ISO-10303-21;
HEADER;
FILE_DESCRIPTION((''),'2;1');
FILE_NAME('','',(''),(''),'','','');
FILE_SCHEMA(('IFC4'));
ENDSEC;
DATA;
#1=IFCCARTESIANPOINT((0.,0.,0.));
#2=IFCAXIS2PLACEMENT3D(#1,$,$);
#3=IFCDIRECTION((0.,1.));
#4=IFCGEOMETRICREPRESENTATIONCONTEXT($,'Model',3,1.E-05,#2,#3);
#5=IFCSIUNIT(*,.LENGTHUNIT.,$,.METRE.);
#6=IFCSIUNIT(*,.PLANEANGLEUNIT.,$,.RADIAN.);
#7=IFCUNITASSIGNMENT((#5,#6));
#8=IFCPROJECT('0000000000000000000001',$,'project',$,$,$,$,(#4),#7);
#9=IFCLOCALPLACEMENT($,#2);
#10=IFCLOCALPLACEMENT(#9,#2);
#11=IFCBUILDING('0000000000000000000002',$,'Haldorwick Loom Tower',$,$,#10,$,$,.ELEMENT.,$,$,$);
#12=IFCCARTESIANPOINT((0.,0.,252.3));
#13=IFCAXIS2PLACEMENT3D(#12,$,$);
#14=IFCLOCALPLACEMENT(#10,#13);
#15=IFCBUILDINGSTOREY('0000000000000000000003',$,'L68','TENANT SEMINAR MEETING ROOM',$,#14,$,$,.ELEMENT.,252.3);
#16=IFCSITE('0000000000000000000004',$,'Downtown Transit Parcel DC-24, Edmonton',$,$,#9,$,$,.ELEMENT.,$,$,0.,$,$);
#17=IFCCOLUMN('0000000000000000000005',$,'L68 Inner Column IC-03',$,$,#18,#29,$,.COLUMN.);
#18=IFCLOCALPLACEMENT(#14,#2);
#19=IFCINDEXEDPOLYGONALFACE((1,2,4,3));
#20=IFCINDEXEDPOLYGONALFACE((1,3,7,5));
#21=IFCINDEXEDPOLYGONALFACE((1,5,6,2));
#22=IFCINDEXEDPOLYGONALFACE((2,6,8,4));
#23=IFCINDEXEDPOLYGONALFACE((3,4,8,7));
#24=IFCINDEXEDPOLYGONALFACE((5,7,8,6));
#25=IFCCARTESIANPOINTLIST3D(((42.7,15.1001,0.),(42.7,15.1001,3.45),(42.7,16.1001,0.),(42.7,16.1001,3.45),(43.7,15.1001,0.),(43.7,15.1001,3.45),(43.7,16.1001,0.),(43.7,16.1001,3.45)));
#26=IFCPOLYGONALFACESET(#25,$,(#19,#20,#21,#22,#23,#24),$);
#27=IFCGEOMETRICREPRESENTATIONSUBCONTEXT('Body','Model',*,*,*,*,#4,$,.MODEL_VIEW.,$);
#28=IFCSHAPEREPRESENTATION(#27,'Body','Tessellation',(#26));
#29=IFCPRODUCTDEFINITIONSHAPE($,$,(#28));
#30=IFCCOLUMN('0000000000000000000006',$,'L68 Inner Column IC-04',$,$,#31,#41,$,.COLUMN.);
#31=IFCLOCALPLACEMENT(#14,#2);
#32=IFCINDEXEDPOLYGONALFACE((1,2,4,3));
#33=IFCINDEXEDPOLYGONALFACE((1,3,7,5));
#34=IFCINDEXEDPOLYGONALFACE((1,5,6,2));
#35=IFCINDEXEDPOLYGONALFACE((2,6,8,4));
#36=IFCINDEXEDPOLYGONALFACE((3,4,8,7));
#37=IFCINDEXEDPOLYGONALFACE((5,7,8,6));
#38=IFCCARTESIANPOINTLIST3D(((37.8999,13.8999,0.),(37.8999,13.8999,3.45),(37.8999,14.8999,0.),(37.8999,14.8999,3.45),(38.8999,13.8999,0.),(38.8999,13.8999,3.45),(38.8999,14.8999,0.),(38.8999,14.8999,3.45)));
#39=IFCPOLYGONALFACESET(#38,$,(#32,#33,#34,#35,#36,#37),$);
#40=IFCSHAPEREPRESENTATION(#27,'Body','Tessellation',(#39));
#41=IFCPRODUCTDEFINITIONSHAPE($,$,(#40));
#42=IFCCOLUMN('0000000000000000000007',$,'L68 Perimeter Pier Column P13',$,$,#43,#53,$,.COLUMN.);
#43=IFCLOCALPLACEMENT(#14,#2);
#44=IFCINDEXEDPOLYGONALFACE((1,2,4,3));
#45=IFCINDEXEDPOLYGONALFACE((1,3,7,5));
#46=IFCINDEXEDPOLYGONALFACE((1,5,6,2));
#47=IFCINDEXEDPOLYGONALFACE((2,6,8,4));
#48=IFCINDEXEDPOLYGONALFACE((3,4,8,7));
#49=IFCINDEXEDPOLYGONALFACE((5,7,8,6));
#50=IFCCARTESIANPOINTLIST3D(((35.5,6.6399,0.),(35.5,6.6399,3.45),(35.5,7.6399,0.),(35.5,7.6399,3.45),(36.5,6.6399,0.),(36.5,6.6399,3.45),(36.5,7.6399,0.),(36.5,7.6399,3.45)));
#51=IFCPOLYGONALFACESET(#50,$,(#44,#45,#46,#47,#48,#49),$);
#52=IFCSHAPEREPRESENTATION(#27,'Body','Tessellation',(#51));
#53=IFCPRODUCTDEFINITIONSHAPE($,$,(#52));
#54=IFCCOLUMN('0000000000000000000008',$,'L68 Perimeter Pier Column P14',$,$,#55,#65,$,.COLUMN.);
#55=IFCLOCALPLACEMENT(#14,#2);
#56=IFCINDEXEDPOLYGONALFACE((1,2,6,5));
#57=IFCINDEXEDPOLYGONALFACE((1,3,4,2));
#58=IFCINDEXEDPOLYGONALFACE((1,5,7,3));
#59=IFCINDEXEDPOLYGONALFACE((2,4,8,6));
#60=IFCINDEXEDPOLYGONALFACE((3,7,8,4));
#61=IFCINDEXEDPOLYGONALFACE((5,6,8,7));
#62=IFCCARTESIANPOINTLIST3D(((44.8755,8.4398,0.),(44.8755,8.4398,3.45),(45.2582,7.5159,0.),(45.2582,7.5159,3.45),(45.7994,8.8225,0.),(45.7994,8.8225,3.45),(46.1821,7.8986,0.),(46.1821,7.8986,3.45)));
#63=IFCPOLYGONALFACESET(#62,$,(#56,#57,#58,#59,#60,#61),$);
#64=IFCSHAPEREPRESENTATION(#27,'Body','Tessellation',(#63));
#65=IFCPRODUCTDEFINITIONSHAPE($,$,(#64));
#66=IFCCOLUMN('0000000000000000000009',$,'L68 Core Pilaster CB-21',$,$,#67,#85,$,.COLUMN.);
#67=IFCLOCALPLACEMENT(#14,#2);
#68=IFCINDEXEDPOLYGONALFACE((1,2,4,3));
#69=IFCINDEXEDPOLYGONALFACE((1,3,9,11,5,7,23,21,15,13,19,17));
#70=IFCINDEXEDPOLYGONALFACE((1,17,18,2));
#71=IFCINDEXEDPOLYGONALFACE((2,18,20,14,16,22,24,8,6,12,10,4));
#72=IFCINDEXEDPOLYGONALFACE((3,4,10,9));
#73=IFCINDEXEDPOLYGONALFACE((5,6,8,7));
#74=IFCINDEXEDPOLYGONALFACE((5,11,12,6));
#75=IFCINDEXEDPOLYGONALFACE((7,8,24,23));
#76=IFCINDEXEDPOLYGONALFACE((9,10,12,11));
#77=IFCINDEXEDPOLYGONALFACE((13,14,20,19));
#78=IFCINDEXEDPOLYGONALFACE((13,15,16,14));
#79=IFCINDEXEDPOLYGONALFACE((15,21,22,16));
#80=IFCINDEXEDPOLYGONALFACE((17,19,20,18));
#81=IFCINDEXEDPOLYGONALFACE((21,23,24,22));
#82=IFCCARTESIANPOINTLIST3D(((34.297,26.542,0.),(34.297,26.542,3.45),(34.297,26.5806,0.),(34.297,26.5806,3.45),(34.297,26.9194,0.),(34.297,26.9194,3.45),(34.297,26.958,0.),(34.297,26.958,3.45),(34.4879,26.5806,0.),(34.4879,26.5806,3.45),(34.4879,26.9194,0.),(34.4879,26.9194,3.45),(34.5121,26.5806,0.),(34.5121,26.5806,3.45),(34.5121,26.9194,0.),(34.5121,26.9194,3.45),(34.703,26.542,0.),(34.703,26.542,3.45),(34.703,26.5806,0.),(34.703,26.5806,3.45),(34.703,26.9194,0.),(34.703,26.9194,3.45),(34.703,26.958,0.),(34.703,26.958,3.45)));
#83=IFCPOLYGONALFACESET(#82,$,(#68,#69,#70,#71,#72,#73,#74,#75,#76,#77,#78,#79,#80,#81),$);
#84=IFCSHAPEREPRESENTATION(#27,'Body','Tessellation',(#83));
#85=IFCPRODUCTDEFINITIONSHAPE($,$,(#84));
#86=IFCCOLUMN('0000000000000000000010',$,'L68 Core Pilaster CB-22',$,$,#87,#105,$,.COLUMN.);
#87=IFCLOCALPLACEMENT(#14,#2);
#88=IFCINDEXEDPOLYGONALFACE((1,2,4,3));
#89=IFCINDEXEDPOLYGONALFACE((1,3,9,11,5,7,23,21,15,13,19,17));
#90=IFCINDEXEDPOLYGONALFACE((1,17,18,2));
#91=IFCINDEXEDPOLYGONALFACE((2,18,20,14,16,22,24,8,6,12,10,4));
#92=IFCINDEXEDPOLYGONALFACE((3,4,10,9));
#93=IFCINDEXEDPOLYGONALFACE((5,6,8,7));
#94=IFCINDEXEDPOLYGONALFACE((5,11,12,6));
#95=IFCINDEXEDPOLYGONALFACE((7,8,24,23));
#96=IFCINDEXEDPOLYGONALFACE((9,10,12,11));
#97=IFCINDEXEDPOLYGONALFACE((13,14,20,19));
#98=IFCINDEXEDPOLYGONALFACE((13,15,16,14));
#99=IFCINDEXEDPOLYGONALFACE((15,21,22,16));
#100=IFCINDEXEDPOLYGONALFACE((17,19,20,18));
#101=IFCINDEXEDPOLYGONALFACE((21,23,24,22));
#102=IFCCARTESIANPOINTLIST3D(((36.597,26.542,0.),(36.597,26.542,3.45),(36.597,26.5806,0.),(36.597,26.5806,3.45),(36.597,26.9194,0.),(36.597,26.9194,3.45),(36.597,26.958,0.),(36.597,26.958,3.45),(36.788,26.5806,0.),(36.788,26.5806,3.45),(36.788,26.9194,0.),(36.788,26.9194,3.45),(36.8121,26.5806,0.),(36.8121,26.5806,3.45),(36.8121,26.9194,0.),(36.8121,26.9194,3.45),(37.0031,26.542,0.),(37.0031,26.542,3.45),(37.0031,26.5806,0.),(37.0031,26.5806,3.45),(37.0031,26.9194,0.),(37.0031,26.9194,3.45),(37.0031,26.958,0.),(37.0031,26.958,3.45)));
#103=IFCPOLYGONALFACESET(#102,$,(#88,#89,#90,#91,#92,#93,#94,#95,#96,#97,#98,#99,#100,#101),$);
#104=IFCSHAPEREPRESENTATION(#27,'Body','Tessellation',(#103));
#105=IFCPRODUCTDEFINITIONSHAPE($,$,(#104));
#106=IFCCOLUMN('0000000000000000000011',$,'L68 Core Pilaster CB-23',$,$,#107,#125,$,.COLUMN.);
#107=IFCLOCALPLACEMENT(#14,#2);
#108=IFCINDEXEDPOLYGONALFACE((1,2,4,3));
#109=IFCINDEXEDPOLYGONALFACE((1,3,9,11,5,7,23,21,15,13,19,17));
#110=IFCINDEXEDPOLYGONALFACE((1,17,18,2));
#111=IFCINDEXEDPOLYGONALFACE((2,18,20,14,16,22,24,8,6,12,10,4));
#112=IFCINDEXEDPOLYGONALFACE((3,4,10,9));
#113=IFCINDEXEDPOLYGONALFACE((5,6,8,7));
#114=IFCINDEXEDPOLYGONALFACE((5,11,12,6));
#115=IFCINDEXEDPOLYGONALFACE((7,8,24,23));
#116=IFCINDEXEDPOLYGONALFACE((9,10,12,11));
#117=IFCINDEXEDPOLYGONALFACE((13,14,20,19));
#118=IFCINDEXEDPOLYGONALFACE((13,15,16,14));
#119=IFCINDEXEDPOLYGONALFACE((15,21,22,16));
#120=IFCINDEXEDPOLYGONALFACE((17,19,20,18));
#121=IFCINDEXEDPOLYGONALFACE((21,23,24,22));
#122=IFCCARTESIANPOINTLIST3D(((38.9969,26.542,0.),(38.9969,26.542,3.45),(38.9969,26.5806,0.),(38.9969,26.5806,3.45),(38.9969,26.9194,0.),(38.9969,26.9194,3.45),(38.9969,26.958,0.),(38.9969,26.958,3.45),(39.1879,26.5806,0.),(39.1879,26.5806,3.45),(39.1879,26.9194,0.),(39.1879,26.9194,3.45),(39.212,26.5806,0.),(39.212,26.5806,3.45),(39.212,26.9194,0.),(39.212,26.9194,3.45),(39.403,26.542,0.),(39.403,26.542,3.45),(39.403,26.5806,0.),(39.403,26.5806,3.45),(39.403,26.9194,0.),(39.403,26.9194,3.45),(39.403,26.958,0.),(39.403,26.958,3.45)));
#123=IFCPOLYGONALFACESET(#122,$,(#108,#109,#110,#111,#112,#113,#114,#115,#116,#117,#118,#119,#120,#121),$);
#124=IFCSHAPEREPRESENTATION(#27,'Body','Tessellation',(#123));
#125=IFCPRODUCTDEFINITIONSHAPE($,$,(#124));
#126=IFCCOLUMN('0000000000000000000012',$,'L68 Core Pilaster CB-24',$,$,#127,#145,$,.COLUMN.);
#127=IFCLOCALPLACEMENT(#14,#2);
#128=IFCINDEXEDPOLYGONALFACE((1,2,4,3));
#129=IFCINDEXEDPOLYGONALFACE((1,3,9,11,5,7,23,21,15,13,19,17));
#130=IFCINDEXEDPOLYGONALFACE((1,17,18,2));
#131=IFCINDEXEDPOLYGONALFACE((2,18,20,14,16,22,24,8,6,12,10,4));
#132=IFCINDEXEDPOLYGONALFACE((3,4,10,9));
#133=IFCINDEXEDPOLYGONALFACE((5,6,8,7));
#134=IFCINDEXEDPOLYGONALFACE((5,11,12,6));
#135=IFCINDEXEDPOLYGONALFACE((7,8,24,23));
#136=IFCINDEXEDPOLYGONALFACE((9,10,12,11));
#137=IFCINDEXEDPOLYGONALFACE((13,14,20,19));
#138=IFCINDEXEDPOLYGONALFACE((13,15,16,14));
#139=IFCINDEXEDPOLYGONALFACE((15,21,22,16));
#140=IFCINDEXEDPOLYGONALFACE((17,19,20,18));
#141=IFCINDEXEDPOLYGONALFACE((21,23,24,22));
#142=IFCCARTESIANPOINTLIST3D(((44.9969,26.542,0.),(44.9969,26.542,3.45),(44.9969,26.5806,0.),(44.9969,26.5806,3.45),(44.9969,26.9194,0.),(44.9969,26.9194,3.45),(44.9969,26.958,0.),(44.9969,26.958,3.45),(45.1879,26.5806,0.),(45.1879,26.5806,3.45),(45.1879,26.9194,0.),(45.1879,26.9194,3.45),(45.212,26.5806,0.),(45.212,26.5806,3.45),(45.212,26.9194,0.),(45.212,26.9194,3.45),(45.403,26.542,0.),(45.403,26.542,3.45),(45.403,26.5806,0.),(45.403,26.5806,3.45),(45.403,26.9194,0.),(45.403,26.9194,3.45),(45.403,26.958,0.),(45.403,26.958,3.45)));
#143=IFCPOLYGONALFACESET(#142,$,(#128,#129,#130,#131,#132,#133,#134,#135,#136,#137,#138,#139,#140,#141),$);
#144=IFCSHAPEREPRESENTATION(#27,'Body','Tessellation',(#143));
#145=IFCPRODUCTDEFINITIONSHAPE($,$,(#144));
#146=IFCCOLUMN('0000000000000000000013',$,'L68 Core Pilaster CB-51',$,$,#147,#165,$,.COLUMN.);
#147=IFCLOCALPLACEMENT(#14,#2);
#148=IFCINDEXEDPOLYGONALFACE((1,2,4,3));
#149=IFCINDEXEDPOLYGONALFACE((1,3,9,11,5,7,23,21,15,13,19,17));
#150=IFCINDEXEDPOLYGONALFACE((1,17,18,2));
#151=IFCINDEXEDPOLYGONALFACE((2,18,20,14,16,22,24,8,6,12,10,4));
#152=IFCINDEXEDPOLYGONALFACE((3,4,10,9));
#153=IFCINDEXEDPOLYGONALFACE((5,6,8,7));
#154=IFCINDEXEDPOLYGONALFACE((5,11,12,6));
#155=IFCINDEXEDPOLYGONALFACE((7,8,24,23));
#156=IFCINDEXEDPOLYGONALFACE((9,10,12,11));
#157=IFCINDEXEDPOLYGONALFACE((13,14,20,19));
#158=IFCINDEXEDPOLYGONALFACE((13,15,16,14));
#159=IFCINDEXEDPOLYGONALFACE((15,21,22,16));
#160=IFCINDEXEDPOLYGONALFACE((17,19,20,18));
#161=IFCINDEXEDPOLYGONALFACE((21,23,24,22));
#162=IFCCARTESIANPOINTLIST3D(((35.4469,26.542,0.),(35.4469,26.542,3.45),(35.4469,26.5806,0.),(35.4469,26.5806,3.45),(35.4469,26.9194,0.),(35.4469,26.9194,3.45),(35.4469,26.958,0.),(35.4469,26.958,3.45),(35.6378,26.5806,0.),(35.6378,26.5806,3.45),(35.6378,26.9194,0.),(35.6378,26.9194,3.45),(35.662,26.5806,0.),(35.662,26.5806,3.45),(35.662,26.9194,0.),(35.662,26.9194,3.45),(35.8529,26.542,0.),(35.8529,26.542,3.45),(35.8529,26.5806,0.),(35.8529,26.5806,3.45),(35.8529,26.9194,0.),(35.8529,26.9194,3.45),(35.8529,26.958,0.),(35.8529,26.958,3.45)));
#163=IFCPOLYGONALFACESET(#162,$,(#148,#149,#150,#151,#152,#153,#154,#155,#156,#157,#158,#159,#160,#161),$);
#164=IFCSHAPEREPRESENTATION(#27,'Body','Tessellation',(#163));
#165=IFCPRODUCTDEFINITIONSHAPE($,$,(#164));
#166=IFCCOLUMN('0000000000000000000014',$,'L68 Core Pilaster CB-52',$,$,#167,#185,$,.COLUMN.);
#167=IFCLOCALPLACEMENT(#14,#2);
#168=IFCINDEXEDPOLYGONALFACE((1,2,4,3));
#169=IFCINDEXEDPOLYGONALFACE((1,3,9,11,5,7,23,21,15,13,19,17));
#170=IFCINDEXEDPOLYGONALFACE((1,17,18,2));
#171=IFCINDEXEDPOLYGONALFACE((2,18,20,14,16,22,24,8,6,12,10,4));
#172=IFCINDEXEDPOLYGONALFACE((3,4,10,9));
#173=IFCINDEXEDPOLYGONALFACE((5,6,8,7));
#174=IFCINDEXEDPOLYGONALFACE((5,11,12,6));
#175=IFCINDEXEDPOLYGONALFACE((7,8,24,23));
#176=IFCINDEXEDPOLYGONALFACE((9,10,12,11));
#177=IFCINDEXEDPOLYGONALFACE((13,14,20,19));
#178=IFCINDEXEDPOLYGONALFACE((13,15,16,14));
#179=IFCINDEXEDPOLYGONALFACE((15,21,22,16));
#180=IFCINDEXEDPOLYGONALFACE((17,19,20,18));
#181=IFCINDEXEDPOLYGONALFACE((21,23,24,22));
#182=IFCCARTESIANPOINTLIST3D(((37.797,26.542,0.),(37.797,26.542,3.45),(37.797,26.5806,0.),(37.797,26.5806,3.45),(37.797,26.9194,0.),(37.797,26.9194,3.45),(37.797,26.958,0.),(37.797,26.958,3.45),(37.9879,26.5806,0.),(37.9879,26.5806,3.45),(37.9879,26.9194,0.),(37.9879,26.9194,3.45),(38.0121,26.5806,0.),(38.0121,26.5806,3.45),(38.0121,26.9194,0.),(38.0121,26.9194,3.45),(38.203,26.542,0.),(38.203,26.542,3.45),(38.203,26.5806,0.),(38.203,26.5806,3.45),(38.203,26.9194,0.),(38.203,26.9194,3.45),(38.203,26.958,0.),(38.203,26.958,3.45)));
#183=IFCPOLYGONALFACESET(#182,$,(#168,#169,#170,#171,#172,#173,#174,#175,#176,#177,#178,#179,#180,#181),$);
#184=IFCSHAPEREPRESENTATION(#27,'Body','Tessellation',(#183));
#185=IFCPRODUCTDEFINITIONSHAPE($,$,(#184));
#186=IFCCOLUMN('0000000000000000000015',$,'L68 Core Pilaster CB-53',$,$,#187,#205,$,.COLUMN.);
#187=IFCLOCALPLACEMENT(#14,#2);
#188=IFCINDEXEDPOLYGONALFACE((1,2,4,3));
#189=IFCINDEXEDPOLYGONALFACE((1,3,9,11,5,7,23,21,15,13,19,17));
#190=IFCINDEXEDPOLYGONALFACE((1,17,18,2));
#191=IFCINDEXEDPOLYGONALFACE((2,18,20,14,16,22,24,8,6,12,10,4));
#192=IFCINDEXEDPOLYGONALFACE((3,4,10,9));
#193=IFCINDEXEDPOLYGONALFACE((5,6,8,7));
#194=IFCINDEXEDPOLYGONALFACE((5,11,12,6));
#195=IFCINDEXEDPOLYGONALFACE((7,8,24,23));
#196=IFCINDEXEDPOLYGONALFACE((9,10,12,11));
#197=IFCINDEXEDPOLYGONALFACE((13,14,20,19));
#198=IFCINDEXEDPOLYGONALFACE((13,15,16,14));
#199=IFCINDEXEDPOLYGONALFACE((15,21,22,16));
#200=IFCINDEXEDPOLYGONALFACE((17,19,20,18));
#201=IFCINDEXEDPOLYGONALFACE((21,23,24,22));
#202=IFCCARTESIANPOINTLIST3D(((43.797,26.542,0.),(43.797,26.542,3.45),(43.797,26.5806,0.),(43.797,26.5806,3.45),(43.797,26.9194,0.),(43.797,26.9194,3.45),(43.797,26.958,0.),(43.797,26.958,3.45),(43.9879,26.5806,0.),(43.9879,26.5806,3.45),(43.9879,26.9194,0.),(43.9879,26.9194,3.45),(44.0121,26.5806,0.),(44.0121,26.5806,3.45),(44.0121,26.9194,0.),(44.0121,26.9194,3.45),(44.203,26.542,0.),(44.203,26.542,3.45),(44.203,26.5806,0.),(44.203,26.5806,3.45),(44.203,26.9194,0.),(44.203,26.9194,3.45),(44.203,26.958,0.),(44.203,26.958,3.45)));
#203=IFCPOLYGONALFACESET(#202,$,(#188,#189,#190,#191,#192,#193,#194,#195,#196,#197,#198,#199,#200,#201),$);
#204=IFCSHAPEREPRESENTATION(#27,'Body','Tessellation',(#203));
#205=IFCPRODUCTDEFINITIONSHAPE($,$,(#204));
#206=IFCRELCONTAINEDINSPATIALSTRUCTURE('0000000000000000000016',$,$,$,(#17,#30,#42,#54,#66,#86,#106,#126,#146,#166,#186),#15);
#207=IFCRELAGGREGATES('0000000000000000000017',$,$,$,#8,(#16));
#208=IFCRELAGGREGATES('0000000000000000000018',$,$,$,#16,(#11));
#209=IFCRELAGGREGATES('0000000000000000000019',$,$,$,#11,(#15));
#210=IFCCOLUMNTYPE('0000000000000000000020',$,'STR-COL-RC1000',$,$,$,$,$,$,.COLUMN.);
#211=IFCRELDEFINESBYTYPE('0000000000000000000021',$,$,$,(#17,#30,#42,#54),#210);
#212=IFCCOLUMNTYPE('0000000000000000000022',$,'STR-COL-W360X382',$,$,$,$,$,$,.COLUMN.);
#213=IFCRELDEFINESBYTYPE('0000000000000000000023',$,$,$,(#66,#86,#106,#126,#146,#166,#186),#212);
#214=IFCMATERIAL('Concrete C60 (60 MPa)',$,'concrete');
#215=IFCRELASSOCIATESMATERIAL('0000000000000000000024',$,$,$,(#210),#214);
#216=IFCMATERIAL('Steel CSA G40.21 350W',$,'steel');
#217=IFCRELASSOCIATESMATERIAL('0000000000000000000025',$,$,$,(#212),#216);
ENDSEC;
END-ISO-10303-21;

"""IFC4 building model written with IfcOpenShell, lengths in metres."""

from ifc_helpers import new_model, si_unit, direction, frame, origin, origin_2d, place, context, subcontext, project, spatial, rectangle, i_section, extrude, material, material_profile, profile_set, type_object, element, save


model = new_model("IFC4")

# Units and contexts
model_context = context("Model", 3, precision=1e-05, world=origin(), true_north=direction((0.0, 1.0)))
body_context = subcontext(model_context, "Body", "Model", "MODEL_VIEW")
ifc_project = project(units=[si_unit("LENGTHUNIT", "METRE"), si_unit("PLANEANGLEUNIT", "RADIAN")], contexts=[model_context])

# Site, building, storey
site_placement = place(None, origin())
site = spatial("IfcSite", under=ifc_project, at=site_placement, Name="Downtown Transit Parcel DC-24, Edmonton", CompositionType="ELEMENT", RefElevation=0.0)
building_placement = place(site_placement, origin())
building = spatial("IfcBuilding", under=site, at=building_placement, Name="Haldorwick Loom Tower", CompositionType="ELEMENT")
storey_placement = place(building_placement, frame((0.0, 0.0, 252.3)))
storey = spatial("IfcBuildingStorey", under=building, at=storey_placement, Name="L68", Description="TENANT SEMINAR MEETING ROOM", CompositionType="ELEMENT", Elevation=252.3)

# Columns
ifc_material_1 = material(Name="Concrete C60 (60 MPa)", Category="concrete")
ifc_material_profile_1 = material_profile(ifc_material_1, rectangle(XDim=1.0, YDim=1.0, at=origin_2d()), Name="RC1000X1000", Category="concrete")
ifc_profile_set_1 = profile_set([ifc_material_profile_1], Name="Concrete C60 (60 MPa)")
column_type_1 = type_object("IfcColumnType", Name="STR-COL-RC1000", PredefinedType="COLUMN", material=ifc_profile_set_1)
for number, where, z_axis, x_axis, name in (
    (1, (43.2, 15.6001, 0.0), (0.0, 0.0, 1.0), (1.0, 0.0, 0.0), "L68 Inner Column IC-03"),
    (2, (38.3999, 14.3999, 0.0), (0.0, 0.0, 1.0), (1.0, 0.0, 0.0), "L68 Inner Column IC-04"),
    (3, (36.0, 7.1399, 0.0), (0.0, 0.0, 1.0), (0.0, -1.0, 0.0), "L68 Perimeter Pier Column P13"),
    (4, (45.5288, 8.1692, 0.0), (0.0, 0.0, 1.0), (0.382683, -0.92388, 0.0), "L68 Perimeter Pier Column P14"),
):
    element("IfcColumn", number, at=place(storey_placement, frame(where, z_axis=z_axis, x_axis=x_axis)), inside=storey, type_object=column_type_1, Name=name, PredefinedType="COLUMN", context=body_context, shape_type="SweptSolid", body=[
        extrude(rectangle(XDim=1.0, YDim=1.0, at=origin_2d()), origin(), (0.0, 0.0, 1.0), 3.45),
    ])
ifc_material_2 = material(Name="Steel CSA G40.21 350W", Category="steel")
ifc_material_profile_2 = material_profile(ifc_material_2, i_section(OverallWidth=0.406, OverallDepth=0.416, WebThickness=0.0242, FlangeThickness=0.0386, at=origin_2d()), Name="W360X382", Category="steel")
ifc_profile_set_2 = profile_set([ifc_material_profile_2], Name="Steel CSA G40.21 350W")
column_type_2 = type_object("IfcColumnType", Name="STR-COL-W360X382", PredefinedType="COLUMN", material=ifc_profile_set_2)
for number, where, z_axis, x_axis, name in (
    (5, (34.5, 26.75, 0.0), (0.0, 0.0, 1.0), (1.0, 0.0, 0.0), "L68 Core Pilaster CB-21"),
    (6, (36.8, 26.75, 0.0), (0.0, 0.0, 1.0), (1.0, 0.0, 0.0), "L68 Core Pilaster CB-22"),
    (7, (39.2, 26.75, 0.0), (0.0, 0.0, 1.0), (1.0, 0.0, 0.0), "L68 Core Pilaster CB-23"),
    (8, (45.2, 26.75, 0.0), (0.0, 0.0, 1.0), (1.0, 0.0, 0.0), "L68 Core Pilaster CB-24"),
    (9, (35.6499, 26.75, 0.0), (0.0, 0.0, 1.0), (1.0, 0.0, 0.0), "L68 Core Pilaster CB-51"),
    (10, (38.0, 26.75, 0.0), (0.0, 0.0, 1.0), (1.0, 0.0, 0.0), "L68 Core Pilaster CB-52"),
    (11, (44.0, 26.75, 0.0), (0.0, 0.0, 1.0), (1.0, 0.0, 0.0), "L68 Core Pilaster CB-53"),
):
    element("IfcColumn", number, at=place(storey_placement, frame(where, z_axis=z_axis, x_axis=x_axis)), inside=storey, type_object=column_type_2, Name=name, PredefinedType="COLUMN", context=body_context, shape_type="SweptSolid", body=[
        extrude(i_section(OverallWidth=0.406, OverallDepth=0.416, WebThickness=0.0242, FlangeThickness=0.0386, at=origin_2d()), origin(), (0.0, 0.0, 1.0), 3.45),
    ])

save(model, "model.ifc")
